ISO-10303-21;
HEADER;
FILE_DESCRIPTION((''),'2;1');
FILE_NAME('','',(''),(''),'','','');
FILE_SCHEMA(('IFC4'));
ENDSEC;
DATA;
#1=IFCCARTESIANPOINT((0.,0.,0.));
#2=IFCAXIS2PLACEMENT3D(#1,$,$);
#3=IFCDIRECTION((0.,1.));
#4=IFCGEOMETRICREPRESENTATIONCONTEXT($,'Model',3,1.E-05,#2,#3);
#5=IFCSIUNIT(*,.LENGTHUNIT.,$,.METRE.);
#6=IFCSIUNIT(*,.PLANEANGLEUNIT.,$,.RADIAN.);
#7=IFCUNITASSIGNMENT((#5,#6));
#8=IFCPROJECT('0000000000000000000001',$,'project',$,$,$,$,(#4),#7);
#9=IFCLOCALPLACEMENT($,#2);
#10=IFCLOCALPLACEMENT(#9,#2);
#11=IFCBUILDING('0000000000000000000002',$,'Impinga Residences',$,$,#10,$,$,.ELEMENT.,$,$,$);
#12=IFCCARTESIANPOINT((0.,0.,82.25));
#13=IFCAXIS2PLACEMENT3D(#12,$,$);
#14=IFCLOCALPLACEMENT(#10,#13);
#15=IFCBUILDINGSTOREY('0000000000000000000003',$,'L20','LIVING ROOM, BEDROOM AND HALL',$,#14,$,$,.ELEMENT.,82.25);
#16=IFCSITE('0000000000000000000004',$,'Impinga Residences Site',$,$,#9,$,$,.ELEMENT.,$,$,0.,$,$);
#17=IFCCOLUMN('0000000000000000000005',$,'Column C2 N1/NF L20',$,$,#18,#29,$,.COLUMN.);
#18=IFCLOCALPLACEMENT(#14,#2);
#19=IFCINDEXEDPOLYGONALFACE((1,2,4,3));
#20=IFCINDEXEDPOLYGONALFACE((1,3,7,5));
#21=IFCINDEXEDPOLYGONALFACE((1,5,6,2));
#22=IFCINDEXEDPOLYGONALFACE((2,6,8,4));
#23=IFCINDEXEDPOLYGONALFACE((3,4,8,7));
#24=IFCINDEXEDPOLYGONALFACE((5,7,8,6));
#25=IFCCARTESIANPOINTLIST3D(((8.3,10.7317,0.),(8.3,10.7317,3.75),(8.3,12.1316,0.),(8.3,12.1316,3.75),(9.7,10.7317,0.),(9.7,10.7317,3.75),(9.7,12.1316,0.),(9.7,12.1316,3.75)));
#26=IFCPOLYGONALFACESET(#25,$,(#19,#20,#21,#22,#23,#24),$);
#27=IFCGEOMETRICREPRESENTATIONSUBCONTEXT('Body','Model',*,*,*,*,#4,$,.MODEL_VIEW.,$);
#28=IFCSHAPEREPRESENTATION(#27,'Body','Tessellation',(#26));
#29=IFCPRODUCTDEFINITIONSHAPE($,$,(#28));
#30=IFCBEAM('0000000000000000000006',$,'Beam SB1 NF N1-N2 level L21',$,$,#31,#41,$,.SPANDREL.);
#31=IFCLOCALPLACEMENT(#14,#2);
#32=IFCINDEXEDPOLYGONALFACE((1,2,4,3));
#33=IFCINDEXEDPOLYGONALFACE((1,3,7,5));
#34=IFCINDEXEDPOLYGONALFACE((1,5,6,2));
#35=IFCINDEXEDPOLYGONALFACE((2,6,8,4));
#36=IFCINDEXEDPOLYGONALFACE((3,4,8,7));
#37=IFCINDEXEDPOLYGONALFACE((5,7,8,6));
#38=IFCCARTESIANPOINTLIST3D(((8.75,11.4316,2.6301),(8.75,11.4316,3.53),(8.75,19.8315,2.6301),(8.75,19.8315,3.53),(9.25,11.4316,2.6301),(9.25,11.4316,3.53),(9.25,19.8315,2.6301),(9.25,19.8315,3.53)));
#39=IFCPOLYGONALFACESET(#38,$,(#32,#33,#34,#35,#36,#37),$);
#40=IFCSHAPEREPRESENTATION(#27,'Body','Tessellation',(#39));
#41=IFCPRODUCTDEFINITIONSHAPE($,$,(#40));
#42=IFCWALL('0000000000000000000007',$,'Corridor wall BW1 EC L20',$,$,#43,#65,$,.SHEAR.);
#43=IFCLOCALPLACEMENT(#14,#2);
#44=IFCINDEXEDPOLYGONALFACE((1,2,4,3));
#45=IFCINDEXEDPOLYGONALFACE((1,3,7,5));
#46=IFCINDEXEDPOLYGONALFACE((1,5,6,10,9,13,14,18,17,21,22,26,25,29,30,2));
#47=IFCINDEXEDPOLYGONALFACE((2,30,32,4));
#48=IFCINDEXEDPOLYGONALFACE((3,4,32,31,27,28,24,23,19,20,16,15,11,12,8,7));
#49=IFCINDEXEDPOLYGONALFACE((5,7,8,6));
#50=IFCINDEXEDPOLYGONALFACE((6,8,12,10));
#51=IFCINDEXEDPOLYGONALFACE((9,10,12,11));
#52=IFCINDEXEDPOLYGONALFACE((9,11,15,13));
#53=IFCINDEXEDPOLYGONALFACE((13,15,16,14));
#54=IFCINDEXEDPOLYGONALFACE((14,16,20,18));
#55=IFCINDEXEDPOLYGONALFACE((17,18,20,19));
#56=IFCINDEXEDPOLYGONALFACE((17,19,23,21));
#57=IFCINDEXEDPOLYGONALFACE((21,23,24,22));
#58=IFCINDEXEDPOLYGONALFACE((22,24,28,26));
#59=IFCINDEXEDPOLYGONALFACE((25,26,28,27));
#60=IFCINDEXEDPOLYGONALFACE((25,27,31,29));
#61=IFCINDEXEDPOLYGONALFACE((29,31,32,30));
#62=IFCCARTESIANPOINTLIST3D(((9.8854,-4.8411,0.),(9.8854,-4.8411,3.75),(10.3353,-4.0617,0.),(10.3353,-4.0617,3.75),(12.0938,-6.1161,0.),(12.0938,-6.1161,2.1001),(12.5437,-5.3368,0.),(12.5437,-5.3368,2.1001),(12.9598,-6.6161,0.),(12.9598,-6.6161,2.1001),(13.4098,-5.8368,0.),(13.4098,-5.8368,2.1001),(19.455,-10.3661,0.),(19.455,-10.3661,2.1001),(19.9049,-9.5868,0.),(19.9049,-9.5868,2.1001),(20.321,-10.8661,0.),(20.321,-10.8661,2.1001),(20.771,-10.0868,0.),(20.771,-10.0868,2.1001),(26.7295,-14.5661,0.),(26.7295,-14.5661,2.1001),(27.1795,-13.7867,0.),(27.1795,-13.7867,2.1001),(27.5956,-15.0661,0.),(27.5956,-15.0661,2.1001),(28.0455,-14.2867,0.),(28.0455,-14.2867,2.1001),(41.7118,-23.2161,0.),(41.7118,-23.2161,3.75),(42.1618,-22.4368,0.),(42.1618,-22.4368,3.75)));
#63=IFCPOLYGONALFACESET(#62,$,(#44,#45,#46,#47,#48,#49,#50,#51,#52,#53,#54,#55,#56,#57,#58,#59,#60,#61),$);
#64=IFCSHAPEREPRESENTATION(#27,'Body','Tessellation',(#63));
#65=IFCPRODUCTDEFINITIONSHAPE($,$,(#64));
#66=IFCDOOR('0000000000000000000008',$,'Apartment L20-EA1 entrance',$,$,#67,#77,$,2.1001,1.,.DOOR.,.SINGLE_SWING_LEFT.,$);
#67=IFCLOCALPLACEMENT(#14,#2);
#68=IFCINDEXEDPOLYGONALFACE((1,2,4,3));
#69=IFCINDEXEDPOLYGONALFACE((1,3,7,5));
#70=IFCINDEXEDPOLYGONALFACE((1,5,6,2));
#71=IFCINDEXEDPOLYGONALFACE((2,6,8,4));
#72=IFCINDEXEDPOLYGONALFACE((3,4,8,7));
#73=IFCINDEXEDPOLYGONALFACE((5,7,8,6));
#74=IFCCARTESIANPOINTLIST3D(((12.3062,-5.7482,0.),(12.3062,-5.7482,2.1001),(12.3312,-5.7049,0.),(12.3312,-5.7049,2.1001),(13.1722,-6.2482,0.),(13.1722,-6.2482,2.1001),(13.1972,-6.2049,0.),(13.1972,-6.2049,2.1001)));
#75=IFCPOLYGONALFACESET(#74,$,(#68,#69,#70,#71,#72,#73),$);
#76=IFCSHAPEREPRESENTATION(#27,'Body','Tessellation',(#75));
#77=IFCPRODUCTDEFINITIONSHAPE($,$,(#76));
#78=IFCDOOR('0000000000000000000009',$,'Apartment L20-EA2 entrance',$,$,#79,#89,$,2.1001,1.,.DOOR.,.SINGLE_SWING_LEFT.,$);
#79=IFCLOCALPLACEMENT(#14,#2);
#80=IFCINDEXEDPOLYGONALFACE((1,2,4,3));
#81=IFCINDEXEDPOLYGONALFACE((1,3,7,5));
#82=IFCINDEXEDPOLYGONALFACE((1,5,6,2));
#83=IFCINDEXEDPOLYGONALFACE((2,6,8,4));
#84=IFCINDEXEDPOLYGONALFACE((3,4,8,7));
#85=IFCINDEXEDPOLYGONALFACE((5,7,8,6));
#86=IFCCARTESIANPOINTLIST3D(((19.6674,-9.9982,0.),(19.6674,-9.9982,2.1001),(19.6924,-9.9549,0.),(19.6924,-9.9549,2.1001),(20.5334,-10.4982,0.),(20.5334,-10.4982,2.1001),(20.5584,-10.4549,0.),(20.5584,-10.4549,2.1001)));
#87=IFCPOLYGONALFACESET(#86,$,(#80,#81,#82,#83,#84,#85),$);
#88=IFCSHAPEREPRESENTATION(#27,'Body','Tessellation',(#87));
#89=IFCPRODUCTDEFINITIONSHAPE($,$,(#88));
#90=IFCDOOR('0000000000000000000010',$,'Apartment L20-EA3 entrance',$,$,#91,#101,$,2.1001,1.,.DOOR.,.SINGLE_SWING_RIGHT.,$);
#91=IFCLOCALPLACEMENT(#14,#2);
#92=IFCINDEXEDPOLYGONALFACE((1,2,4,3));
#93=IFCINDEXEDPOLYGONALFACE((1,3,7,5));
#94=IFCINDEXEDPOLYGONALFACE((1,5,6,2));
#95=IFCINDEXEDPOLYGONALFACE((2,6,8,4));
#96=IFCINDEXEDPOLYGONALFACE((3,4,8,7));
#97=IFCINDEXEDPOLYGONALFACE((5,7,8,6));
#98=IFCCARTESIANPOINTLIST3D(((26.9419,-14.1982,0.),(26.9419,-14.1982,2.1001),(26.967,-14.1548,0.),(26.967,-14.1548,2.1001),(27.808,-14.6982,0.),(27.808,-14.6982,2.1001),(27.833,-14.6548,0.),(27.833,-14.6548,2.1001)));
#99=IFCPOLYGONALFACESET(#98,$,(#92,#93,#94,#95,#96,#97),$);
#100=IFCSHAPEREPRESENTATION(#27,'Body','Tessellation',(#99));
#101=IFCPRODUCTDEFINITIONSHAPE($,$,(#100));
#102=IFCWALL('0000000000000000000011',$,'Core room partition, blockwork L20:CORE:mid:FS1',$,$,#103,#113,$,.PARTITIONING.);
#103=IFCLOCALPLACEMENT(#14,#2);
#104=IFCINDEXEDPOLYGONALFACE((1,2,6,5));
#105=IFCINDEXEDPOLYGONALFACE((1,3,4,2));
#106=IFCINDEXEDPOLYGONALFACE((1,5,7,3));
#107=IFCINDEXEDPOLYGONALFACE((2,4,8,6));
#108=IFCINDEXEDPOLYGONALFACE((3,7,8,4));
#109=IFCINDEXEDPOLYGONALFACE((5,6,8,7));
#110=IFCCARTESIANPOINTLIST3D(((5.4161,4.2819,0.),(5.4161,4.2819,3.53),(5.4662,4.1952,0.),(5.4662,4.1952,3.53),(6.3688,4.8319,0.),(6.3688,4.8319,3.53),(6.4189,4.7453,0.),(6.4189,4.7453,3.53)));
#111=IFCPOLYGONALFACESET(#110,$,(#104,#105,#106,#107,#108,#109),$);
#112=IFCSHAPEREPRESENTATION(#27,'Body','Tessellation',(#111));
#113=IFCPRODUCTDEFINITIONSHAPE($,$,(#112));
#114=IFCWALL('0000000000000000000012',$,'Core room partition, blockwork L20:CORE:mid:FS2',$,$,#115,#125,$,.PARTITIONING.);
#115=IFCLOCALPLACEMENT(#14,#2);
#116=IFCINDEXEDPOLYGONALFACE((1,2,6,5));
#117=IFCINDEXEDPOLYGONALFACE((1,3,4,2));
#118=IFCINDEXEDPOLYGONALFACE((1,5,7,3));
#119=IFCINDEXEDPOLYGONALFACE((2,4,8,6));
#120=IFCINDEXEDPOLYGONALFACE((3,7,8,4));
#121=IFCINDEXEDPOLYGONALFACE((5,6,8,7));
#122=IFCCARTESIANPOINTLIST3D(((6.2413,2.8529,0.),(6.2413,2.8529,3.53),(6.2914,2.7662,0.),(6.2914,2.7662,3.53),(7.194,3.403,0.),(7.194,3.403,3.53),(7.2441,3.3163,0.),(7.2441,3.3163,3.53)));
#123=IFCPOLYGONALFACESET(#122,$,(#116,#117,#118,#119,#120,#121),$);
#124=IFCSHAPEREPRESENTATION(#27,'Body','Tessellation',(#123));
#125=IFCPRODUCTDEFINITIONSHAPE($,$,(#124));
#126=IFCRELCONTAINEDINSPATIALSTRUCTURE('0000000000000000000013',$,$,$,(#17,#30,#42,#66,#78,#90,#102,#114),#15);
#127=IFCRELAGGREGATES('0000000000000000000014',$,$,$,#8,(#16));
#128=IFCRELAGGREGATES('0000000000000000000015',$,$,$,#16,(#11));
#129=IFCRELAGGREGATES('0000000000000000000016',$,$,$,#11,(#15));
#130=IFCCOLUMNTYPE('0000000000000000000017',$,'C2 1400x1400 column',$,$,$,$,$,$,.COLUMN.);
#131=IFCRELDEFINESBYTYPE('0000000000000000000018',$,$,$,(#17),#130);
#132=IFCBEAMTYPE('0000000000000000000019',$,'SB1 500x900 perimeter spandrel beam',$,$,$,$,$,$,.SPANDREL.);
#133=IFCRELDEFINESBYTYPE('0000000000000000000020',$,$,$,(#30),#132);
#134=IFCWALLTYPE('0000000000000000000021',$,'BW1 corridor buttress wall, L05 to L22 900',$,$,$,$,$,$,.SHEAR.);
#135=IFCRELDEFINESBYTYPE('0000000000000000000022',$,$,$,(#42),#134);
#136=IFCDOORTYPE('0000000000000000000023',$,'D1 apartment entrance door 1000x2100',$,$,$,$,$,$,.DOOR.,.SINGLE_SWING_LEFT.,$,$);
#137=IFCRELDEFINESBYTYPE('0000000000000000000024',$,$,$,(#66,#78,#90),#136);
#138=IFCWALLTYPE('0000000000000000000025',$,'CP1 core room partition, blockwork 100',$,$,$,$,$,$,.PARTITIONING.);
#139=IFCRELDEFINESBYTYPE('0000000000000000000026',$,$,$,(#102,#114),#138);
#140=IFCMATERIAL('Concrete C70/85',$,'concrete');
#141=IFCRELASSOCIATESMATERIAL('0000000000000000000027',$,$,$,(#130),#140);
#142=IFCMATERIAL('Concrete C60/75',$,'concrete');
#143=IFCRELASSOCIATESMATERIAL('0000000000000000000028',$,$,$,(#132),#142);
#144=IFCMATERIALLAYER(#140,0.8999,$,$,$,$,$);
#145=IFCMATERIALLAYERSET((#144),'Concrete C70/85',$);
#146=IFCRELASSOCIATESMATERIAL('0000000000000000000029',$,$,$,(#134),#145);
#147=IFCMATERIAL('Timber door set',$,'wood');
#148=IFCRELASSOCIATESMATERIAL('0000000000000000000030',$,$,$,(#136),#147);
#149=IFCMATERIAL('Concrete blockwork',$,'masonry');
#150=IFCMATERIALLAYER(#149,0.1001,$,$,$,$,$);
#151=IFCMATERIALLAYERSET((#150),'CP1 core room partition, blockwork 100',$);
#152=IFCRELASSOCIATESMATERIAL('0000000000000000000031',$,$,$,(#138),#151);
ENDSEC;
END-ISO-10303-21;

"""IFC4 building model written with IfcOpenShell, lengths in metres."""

from ifc_helpers import new_model, si_unit, direction, frame, frame_2d, origin, origin_2d, place, context, subcontext, project, spatial, rectangle, extrude, material, layer, layer_set, material_profile, profile_set, type_object, element, fill, save


model = new_model("IFC4")

# Units and contexts
model_context = context("Model", 3, precision=1e-05, world=origin(), true_north=direction((0.0, 1.0)))
body_context = subcontext(model_context, "Body", "Model", "MODEL_VIEW")
ifc_project = project(units=[si_unit("LENGTHUNIT", "METRE"), si_unit("PLANEANGLEUNIT", "RADIAN")], contexts=[model_context])

# Site, building, storey
site_placement = place(None, origin())
site = spatial("IfcSite", under=ifc_project, at=site_placement, Name="Impinga Residences Site", CompositionType="ELEMENT", RefElevation=0.0)
building_placement = place(site_placement, origin())
building = spatial("IfcBuilding", under=site, at=building_placement, Name="Impinga Residences", CompositionType="ELEMENT")
storey_placement = place(building_placement, frame((0.0, 0.0, 82.25)))
storey = spatial("IfcBuildingStorey", under=building, at=storey_placement, Name="L20", Description="LIVING ROOM, BEDROOM AND HALL", CompositionType="ELEMENT", Elevation=82.25)

# Column
ifc_material_1 = material(Name="Concrete C70/85", Category="concrete")
ifc_material_profile_1 = material_profile(ifc_material_1, rectangle(XDim=1.3999, YDim=1.3999, at=origin_2d()), Name="RC 1400x1400")
ifc_profile_set_1 = profile_set([ifc_material_profile_1], Name="Concrete C70/85")
column_type = type_object("IfcColumnType", Name="C2 1400x1400 column", PredefinedType="COLUMN", material=ifc_profile_set_1)
column_placement = place(storey_placement, frame((9.0, 11.4316, 0.0), z_axis=(0.0, 0.0, 1.0), x_axis=(1.0, 0.0, 0.0)))
element("IfcColumn", 1, at=column_placement, inside=storey, type_object=column_type, Name="Column C2 N1/NF L20", PredefinedType="COLUMN", context=body_context, shape_type="SweptSolid", body=[
    extrude(rectangle(XDim=1.3999, YDim=1.3999, at=origin_2d()), origin(), (0.0, 0.0, 1.0), 3.75),
])

# Beam
ifc_material_2 = material(Name="Concrete C60/75", Category="concrete")
ifc_material_profile_2 = material_profile(ifc_material_2, rectangle(XDim=0.5, YDim=0.8999, at=origin_2d()), Name="RC 500x900")
ifc_profile_set_2 = profile_set([ifc_material_profile_2], Name="Concrete C60/75")
beam_type = type_object("IfcBeamType", Name="SB1 500x900 perimeter spandrel beam", PredefinedType="SPANDREL", material=ifc_profile_set_2)
beam_placement = place(storey_placement, frame((9.0, 11.4316, 3.0801), z_axis=(0.0, 1.0, 0.0), x_axis=(-1.0, 0.0, 0.0)))
element("IfcBeam", 2, at=beam_placement, inside=storey, type_object=beam_type, Name="Beam SB1 NF N1-N2 level L21", PredefinedType="SPANDREL", context=body_context, shape_type="SweptSolid", body=[
    extrude(rectangle(XDim=0.5, YDim=0.8999, at=origin_2d()), origin(), (0.0, 0.0, 1.0), 8.3999),
])

# Wall, openings, doors
ifc_layer_1 = layer(ifc_material_1, 0.8999)
ifc_layer_set_1 = layer_set([ifc_layer_1], Name="Concrete C70/85")
wall_type_1 = type_object("IfcWallType", Name="BW1 corridor buttress wall, L05 to L22 900", PredefinedType="SHEAR", material=ifc_layer_set_1)
wall_1_placement = place(storey_placement, frame((10.1104, -4.4514, 0.0), z_axis=(0.0, 0.0, 1.0), x_axis=(0.866025, -0.5, 0.0)))
wall_1 = element("IfcWall", 3, at=wall_1_placement, inside=storey, type_object=wall_type_1, Name="Corridor wall BW1 EC L20", PredefinedType="SHEAR", context=body_context, shape_type="SweptSolid", body=[
    extrude(rectangle(XDim=36.75, YDim=0.8999, at=frame_2d((18.375, 0.0))), origin(), (0.0, 0.0, 1.0), 3.75),
])
opening_1_placement = place(wall_1_placement, frame((2.55, 0.0, 0.0)))
opening_1 = element("IfcOpeningElement", 4, at=opening_1_placement, cuts=wall_1, PredefinedType="OPENING", context=body_context, shape_type="SweptSolid", body=[
    extrude(rectangle(XDim=1.0, YDim=2.1001, at=frame_2d((0.5, 1.05))), frame((0.0, 0.46, 0.0), z_axis=(0.0, -1.0, 0.0), x_axis=(1.0, 0.0, 0.0)), (0.0, 0.0, 1.0), 0.9199),
])
opening_2_placement = place(wall_1_placement, frame((11.05, 0.0, 0.0)))
opening_2 = element("IfcOpeningElement", 5, at=opening_2_placement, cuts=wall_1, PredefinedType="OPENING", context=body_context, shape_type="SweptSolid", body=[
    extrude(rectangle(XDim=1.0, YDim=2.1001, at=frame_2d((0.5, 1.05))), frame((0.0, 0.46, 0.0), z_axis=(0.0, -1.0, 0.0), x_axis=(1.0, 0.0, 0.0)), (0.0, 0.0, 1.0), 0.9199),
])
opening_3_placement = place(wall_1_placement, frame((19.45, 0.0, 0.0)))
opening_3 = element("IfcOpeningElement", 6, at=opening_3_placement, cuts=wall_1, PredefinedType="OPENING", context=body_context, shape_type="SweptSolid", body=[
    extrude(rectangle(XDim=1.0, YDim=2.1001, at=frame_2d((0.5, 1.05))), frame((0.0, 0.46, 0.0), z_axis=(0.0, -1.0, 0.0), x_axis=(1.0, 0.0, 0.0)), (0.0, 0.0, 1.0), 0.9199),
])
ifc_material_3 = material(Name="Timber door set", Category="wood")
door_type_1 = type_object("IfcDoorType", Name="D1 apartment entrance door 1000x2100", OperationType="SINGLE_SWING_LEFT", PredefinedType="DOOR", material=ifc_material_3)
door_1_placement = place(opening_1_placement, origin())
door_1 = element("IfcDoor", 7, at=door_1_placement, inside=storey, type_object=door_type_1, Name="Apartment L20-EA1 entrance", OperationType="SINGLE_SWING_LEFT", OverallHeight=2.1001, OverallWidth=1.0, PredefinedType="DOOR", context=body_context, shape_type="SweptSolid", body=[
    extrude(rectangle(XDim=1.0, YDim=2.1001, at=frame_2d((0.5, 1.05))), frame((0.0, 0.0249, 0.0), z_axis=(0.0, -1.0, 0.0), x_axis=(1.0, 0.0, 0.0)), (0.0, 0.0, 1.0), 0.05),
])
fill(opening_1, door_1)
door_2_placement = place(opening_2_placement, origin())
door_2 = element("IfcDoor", 8, at=door_2_placement, inside=storey, type_object=door_type_1, Name="Apartment L20-EA2 entrance", OperationType="SINGLE_SWING_LEFT", OverallHeight=2.1001, OverallWidth=1.0, PredefinedType="DOOR", context=body_context, shape_type="SweptSolid", body=[
    extrude(rectangle(XDim=1.0, YDim=2.1001, at=frame_2d((0.5, 1.05))), frame((0.0, 0.0249, 0.0), z_axis=(0.0, -1.0, 0.0), x_axis=(1.0, 0.0, 0.0)), (0.0, 0.0, 1.0), 0.05),
])
fill(opening_2, door_2)
door_3_placement = place(opening_3_placement, origin())
door_3 = element("IfcDoor", 9, at=door_3_placement, inside=storey, type_object=door_type_1, Name="Apartment L20-EA3 entrance", OperationType="SINGLE_SWING_RIGHT", OverallHeight=2.1001, OverallWidth=1.0, PredefinedType="DOOR", context=body_context, shape_type="SweptSolid", body=[
    extrude(rectangle(XDim=1.0, YDim=2.1001, at=frame_2d((0.5, 1.05))), frame((0.0, 0.0249, 0.0), z_axis=(0.0, -1.0, 0.0), x_axis=(1.0, 0.0, 0.0)), (0.0, 0.0, 1.0), 0.05),
])
fill(opening_3, door_3)

# Walls
ifc_material_4 = material(Name="Concrete blockwork", Category="masonry")
ifc_layer_2 = layer(ifc_material_4, 0.1001)
ifc_layer_set_2 = layer_set([ifc_layer_2], Name="CP1 core room partition, blockwork 100")
wall_type_2 = type_object("IfcWallType", Name="CP1 core room partition, blockwork 100", PredefinedType="PARTITIONING", material=ifc_layer_set_2)
for number, where, z_axis, x_axis, name in (
    (10, (5.4412, 4.2385, 0.0), (0.0, 0.0, 1.0), (0.866008, 0.50003, 0.0), "Core room partition, blockwork L20:CORE:mid:FS1"),
    (11, (6.2664, 2.8096, 0.0), (0.0, 0.0, 1.0), (0.866008, 0.50003, 0.0), "Core room partition, blockwork L20:CORE:mid:FS2"),
):
    element("IfcWall", number, at=place(storey_placement, frame(where, z_axis=z_axis, x_axis=x_axis)), inside=storey, type_object=wall_type_2, Name=name, PredefinedType="PARTITIONING", context=body_context, shape_type="SweptSolid", body=[
        extrude(rectangle(XDim=1.1001, YDim=0.1001, at=frame_2d((0.55, 0.0))), origin(), (0.0, 0.0, 1.0), 3.53),
    ])

save(model, "model.ifc")
